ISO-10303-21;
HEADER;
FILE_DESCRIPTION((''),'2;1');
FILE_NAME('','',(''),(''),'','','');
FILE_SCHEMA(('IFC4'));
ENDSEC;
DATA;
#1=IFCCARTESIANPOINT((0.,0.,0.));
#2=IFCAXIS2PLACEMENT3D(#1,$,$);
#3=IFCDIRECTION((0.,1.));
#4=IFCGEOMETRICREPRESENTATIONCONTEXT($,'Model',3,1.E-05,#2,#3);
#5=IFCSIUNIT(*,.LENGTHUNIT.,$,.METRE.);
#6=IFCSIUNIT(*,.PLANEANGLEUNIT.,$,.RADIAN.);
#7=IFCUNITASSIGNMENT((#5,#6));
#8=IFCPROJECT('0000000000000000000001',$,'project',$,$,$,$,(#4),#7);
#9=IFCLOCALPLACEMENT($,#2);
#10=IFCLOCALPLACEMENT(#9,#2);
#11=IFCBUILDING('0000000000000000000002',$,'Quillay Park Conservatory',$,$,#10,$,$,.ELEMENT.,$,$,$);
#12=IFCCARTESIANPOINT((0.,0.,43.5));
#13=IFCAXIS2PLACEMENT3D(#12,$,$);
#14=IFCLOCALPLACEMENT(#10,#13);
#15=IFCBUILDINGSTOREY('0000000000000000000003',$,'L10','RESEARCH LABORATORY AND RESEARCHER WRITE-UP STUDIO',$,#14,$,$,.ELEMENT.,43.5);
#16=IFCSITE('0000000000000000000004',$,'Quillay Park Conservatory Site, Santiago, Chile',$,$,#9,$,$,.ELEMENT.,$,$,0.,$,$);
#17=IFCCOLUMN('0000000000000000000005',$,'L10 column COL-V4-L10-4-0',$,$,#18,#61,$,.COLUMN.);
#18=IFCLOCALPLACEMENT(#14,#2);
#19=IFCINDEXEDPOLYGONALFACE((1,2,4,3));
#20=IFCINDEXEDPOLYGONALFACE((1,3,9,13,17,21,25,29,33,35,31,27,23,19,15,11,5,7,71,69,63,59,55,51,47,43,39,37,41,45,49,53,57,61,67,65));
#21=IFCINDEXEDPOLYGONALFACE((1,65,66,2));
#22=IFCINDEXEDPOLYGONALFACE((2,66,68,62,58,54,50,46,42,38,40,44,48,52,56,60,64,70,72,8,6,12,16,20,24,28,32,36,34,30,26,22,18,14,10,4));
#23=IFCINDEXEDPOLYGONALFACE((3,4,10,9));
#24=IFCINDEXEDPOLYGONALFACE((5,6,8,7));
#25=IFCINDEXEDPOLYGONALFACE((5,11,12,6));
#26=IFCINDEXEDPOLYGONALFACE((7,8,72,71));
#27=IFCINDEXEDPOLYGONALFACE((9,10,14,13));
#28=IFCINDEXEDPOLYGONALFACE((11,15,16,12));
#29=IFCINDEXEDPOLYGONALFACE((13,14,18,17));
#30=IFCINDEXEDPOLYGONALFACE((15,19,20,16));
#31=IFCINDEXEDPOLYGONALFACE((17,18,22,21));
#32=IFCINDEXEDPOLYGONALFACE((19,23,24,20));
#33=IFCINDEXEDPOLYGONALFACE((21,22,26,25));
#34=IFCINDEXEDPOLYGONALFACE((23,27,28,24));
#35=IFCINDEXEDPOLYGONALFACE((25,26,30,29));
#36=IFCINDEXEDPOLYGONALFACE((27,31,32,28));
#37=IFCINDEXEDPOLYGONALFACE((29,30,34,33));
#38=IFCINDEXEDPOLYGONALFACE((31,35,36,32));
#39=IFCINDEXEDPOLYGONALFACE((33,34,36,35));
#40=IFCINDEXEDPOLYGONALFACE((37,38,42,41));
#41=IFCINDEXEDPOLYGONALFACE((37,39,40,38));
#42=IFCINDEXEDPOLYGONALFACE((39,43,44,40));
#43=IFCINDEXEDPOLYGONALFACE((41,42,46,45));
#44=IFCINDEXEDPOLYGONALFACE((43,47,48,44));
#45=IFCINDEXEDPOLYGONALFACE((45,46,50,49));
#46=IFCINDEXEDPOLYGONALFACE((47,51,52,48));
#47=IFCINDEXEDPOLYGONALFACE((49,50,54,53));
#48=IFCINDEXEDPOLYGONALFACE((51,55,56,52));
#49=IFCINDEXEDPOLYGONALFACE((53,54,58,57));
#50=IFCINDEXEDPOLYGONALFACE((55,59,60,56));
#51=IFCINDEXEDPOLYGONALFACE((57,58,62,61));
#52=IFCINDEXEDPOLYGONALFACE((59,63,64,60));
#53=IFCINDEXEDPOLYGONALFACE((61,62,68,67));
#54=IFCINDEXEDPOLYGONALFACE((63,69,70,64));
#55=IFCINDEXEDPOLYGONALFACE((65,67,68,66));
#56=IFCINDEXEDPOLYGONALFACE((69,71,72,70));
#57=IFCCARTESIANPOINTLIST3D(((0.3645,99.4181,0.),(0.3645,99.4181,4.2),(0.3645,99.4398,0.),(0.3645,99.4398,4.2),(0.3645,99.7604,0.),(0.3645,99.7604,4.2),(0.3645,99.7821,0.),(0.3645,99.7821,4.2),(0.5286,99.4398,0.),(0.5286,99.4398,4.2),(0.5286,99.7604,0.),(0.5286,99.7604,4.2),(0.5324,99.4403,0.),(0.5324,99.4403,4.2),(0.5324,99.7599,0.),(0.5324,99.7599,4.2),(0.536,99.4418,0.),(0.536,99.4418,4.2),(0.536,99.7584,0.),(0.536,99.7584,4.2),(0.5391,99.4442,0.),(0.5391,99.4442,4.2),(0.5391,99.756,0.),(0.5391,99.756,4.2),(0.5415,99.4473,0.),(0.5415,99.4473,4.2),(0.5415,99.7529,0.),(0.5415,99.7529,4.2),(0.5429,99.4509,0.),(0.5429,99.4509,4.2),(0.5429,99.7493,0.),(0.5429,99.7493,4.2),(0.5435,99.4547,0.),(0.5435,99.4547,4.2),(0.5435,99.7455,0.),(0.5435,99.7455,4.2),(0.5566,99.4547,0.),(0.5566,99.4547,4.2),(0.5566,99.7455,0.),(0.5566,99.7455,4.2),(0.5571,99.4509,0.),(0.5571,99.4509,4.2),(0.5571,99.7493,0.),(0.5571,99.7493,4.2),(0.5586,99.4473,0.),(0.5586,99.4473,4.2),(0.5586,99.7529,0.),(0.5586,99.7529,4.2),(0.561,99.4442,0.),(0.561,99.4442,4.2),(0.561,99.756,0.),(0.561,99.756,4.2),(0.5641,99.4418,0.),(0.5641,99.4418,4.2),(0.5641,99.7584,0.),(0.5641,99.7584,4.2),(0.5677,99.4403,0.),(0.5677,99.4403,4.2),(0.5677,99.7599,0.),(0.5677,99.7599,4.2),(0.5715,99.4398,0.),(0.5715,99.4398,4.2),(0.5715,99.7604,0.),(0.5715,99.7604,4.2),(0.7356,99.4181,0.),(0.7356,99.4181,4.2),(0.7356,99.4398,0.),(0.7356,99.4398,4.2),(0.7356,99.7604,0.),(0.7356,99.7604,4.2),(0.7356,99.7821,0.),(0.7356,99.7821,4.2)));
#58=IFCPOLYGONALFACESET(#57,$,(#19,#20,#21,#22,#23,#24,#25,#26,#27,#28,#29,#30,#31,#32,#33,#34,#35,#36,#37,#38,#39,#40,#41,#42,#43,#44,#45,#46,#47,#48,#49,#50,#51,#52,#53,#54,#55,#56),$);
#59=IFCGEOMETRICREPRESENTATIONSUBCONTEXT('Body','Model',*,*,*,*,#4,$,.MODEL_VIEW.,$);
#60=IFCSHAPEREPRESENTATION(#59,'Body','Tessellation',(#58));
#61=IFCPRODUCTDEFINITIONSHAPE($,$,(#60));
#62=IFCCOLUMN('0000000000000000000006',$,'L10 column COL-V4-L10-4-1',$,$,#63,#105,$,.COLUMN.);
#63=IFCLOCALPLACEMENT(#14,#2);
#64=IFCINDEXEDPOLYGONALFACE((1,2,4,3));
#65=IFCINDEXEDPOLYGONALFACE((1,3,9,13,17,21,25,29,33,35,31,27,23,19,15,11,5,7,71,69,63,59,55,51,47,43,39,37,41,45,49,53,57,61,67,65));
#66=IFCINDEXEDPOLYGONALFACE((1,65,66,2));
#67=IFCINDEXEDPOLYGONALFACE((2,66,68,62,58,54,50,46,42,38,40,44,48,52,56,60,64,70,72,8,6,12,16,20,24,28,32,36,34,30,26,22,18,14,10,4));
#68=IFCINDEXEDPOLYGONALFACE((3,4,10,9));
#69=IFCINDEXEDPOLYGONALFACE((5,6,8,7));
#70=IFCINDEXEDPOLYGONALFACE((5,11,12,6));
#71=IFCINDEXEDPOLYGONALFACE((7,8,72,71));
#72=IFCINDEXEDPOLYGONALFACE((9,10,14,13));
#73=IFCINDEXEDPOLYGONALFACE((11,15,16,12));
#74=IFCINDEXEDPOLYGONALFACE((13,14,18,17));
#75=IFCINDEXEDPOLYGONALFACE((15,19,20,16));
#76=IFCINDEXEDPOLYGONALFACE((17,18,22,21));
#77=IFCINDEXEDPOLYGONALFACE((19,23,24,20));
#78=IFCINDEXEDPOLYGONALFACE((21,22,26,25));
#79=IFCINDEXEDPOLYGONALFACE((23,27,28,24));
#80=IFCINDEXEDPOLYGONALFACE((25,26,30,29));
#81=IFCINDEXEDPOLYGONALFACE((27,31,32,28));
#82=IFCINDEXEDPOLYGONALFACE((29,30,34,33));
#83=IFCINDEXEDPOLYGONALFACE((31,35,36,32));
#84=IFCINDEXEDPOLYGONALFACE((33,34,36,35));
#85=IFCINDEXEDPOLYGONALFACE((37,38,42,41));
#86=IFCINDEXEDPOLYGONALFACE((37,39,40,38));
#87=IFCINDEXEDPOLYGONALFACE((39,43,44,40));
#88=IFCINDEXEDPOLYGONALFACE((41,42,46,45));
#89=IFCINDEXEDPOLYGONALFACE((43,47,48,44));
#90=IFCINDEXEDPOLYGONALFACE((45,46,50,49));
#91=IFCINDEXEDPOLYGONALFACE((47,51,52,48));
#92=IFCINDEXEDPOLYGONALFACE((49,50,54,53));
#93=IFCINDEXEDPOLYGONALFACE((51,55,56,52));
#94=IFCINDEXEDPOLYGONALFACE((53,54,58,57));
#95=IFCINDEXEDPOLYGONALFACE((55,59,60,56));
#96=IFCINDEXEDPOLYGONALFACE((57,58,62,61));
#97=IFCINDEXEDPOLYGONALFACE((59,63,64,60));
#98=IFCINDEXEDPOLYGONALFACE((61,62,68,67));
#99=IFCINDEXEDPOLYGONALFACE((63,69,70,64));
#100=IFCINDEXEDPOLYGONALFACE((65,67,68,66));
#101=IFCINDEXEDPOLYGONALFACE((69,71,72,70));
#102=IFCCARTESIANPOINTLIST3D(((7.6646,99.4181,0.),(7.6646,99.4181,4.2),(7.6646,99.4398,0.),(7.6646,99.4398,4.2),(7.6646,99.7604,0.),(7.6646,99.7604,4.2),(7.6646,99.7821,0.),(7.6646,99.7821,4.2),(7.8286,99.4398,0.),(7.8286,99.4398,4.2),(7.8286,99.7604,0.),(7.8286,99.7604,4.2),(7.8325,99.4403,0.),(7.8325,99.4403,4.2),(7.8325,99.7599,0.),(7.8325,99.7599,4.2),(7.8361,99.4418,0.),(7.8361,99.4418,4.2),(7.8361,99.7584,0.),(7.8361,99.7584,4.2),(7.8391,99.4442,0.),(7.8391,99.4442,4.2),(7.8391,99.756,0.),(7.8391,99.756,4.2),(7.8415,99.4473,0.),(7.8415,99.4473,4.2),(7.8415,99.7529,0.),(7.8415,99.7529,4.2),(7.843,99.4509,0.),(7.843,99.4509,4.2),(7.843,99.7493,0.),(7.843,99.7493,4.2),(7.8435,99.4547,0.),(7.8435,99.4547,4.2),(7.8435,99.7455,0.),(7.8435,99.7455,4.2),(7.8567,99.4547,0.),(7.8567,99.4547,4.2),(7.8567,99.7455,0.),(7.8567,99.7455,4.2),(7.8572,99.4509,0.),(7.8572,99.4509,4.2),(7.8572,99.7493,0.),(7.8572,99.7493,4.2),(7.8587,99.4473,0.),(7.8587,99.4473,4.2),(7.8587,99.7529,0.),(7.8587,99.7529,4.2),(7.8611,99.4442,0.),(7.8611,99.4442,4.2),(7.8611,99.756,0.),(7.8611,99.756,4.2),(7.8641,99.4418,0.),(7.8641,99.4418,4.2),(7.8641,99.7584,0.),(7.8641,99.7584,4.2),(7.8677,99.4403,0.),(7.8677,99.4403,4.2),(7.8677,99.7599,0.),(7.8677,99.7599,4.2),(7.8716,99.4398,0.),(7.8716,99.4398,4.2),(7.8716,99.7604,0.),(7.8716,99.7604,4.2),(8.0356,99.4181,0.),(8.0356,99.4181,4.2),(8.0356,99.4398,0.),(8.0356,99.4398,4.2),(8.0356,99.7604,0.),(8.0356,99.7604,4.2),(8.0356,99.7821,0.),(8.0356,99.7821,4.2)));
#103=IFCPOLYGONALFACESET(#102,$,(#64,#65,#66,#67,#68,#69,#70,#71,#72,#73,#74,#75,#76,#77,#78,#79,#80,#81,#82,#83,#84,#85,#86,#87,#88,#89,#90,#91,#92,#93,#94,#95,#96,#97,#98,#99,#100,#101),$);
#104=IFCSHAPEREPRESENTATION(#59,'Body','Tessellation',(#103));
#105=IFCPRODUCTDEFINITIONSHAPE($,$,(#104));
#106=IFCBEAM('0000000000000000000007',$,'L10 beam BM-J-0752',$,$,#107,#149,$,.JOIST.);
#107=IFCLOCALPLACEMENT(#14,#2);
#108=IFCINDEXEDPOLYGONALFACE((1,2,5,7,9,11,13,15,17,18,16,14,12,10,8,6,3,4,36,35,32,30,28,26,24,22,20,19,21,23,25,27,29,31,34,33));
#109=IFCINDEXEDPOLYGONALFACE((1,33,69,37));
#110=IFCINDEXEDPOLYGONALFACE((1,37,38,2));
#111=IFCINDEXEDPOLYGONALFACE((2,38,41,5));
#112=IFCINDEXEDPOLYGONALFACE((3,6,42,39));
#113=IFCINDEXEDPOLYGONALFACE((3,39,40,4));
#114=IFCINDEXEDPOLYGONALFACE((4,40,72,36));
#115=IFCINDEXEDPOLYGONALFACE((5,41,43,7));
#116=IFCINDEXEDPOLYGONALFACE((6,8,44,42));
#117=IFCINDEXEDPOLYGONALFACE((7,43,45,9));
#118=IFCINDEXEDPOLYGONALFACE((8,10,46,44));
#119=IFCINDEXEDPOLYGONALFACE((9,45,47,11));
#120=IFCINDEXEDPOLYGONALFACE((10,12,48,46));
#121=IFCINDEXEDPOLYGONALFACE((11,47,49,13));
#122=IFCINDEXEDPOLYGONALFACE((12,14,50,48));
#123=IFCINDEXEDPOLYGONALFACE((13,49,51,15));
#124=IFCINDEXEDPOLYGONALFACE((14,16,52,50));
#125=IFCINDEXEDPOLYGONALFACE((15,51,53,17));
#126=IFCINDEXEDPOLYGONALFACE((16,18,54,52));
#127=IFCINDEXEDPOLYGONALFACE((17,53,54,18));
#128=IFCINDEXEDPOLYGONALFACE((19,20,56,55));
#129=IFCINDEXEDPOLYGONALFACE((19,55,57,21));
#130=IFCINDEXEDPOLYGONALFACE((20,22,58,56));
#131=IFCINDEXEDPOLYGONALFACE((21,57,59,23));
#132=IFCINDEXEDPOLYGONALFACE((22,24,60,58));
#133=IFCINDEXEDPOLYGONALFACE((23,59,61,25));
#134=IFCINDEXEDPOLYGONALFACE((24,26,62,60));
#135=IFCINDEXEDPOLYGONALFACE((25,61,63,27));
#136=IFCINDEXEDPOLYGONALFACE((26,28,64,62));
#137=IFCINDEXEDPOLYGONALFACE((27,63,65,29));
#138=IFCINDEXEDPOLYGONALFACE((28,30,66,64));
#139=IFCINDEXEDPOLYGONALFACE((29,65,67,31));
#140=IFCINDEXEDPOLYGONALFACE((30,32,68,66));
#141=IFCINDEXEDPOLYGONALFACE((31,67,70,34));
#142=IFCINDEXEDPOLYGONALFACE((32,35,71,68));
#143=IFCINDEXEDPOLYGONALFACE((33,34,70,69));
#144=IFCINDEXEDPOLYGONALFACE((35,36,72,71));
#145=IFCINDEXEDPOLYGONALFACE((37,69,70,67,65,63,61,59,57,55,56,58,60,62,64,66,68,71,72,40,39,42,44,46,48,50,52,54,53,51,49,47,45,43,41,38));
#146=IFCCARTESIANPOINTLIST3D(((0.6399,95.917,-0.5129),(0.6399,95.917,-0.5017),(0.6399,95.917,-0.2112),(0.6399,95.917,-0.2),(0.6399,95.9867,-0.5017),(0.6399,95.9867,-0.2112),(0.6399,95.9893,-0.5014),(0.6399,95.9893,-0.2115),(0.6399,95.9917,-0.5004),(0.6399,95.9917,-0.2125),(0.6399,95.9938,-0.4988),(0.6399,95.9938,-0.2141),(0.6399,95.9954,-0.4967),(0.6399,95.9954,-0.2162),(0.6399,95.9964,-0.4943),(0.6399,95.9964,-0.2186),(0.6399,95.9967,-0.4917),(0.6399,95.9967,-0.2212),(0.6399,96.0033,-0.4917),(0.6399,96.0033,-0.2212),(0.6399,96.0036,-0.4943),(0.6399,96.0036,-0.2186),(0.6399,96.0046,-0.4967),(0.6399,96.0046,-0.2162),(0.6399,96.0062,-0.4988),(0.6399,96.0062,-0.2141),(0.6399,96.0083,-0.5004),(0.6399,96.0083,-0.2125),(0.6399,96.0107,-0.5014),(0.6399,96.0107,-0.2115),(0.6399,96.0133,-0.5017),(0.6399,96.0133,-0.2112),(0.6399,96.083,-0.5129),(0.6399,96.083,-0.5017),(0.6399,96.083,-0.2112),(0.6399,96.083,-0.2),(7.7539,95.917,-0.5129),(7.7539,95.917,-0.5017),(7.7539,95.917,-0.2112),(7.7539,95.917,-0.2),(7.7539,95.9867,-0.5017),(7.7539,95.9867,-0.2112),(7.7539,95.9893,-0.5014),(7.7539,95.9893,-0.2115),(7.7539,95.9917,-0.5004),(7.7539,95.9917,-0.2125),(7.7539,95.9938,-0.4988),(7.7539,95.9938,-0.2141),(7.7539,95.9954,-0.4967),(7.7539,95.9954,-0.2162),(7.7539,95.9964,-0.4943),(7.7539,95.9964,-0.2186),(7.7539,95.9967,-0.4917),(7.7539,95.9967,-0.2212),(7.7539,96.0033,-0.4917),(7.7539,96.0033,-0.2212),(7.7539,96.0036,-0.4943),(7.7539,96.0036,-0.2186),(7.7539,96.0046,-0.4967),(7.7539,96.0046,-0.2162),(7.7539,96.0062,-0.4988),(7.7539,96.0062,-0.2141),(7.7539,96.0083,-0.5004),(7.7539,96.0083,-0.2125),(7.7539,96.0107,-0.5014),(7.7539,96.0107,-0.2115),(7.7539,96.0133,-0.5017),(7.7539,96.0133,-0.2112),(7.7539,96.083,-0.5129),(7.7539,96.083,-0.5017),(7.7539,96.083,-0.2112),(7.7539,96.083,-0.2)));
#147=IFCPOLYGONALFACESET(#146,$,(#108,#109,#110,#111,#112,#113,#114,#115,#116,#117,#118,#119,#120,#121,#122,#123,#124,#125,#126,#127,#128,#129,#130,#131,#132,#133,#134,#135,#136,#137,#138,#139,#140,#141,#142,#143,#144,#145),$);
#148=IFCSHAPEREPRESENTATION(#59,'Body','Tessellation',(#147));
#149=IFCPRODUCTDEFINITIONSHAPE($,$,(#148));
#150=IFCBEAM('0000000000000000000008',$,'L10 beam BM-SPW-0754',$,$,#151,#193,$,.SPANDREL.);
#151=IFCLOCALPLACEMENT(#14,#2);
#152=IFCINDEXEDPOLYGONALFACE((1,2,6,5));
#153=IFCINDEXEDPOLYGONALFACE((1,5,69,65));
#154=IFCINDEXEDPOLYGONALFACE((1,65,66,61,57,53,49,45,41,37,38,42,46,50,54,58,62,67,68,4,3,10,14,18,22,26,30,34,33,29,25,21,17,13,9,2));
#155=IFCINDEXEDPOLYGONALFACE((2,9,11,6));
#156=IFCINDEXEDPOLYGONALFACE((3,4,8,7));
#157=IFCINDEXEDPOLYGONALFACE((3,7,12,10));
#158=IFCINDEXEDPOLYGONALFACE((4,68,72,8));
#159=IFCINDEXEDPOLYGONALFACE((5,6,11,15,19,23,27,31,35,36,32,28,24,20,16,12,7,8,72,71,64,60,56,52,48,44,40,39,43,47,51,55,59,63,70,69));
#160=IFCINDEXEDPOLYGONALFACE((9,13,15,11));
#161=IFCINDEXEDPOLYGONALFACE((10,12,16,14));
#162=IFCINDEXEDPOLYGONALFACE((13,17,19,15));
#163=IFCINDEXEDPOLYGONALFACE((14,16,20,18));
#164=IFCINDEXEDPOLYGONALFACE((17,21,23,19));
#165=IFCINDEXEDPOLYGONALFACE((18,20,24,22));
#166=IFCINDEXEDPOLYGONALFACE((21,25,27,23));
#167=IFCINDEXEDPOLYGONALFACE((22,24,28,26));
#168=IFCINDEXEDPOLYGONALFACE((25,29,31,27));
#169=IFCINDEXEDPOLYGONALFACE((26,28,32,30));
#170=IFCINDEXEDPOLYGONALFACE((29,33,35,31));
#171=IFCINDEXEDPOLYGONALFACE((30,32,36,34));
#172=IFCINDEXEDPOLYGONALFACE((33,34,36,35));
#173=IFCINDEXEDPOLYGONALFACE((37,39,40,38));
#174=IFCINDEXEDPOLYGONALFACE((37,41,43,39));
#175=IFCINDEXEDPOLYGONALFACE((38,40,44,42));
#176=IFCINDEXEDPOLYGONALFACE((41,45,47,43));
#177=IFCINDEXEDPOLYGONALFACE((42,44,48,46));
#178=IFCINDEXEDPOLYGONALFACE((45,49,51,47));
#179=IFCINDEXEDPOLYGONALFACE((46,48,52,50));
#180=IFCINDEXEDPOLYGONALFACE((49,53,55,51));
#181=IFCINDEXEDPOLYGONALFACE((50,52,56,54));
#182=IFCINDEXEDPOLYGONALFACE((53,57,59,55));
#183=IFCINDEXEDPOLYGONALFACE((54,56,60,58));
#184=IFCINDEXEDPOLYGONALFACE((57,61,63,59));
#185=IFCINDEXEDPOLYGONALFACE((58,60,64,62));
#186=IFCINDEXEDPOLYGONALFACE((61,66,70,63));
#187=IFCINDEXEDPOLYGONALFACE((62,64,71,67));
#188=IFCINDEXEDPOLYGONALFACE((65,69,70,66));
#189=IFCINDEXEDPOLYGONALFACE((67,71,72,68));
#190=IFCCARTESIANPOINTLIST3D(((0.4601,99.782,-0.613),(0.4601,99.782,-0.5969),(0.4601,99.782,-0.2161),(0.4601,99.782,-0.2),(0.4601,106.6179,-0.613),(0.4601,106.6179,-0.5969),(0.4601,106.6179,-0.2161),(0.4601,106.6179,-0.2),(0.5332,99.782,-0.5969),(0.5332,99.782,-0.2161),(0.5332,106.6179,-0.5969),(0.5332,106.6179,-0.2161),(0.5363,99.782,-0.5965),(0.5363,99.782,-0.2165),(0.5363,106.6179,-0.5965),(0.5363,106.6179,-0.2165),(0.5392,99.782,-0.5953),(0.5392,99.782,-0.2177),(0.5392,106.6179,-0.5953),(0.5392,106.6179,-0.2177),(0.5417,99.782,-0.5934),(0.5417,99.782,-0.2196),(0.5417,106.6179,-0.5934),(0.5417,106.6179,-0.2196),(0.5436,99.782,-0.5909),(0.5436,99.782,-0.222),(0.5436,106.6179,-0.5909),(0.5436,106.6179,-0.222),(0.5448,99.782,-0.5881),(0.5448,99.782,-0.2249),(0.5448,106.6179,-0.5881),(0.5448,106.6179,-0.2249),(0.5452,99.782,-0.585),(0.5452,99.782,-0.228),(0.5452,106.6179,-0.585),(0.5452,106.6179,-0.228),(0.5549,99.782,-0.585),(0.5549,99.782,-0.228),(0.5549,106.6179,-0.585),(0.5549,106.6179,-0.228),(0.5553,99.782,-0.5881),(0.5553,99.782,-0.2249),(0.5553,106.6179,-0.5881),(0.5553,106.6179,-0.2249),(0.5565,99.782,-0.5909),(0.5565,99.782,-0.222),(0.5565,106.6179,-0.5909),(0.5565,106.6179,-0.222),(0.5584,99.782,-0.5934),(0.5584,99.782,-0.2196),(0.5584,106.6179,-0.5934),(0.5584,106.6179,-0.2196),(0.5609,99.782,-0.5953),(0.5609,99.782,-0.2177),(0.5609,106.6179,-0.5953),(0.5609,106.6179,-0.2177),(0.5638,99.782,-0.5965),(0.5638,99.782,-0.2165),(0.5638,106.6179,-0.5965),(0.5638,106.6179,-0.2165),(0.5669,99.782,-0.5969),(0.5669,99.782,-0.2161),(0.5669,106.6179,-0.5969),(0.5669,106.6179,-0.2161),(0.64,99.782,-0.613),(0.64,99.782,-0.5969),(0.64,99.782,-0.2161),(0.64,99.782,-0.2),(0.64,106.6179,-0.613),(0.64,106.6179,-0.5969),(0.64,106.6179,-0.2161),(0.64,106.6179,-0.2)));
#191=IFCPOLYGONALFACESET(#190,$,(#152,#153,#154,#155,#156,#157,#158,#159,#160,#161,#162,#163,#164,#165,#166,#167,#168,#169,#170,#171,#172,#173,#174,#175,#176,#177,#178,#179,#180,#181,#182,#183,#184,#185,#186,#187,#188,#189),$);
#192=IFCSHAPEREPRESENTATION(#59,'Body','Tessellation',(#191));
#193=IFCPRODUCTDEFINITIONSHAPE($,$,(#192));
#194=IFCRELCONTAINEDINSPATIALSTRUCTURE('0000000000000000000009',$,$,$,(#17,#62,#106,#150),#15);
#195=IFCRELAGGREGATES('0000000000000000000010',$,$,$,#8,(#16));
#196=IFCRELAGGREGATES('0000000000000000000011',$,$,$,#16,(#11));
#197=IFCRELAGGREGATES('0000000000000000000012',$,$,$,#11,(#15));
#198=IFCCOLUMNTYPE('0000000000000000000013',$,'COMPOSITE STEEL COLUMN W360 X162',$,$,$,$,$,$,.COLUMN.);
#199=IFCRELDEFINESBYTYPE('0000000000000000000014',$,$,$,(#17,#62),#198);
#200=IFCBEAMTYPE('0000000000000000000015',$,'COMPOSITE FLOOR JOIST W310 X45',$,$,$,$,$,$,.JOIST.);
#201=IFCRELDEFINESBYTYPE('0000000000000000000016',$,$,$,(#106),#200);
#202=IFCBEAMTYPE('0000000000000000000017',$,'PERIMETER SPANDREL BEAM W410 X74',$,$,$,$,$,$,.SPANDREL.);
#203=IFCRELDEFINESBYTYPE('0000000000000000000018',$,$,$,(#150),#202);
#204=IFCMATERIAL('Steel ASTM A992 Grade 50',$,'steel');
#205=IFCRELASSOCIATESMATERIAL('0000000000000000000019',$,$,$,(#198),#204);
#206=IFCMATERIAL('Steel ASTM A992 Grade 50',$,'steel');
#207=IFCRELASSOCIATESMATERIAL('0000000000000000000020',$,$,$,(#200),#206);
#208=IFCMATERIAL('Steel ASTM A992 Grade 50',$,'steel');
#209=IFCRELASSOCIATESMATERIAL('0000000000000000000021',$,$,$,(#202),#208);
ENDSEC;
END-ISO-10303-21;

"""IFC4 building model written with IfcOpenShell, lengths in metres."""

from ifc_helpers import new_model, si_unit, direction, frame, origin, origin_2d, place, context, subcontext, project, spatial, i_section, extrude, material, material_profile, profile_set, type_object, element, save


model = new_model("IFC4")

# Units and contexts
model_context = context("Model", 3, precision=1e-05, world=origin(), true_north=direction((0.0, 1.0)))
body_context = subcontext(model_context, "Body", "Model", "MODEL_VIEW")
ifc_project = project(units=[si_unit("LENGTHUNIT", "METRE"), si_unit("PLANEANGLEUNIT", "RADIAN")], contexts=[model_context])

# Site, building, storey
site_placement = place(None, origin())
site = spatial("IfcSite", under=ifc_project, at=site_placement, Name="Quillay Park Conservatory Site, Santiago, Chile", CompositionType="ELEMENT", RefElevation=0.0)
building_placement = place(site_placement, origin())
building = spatial("IfcBuilding", under=site, at=building_placement, Name="Quillay Park Conservatory", CompositionType="ELEMENT")
storey_placement = place(building_placement, frame((0.0, 0.0, 43.5)))
storey = spatial("IfcBuildingStorey", under=building, at=storey_placement, Name="L10", Description="RESEARCH LABORATORY AND RESEARCHER WRITE-UP STUDIO", CompositionType="ELEMENT", Elevation=43.5)

# Columns
ifc_material_1 = material(Name="Steel ASTM A992 Grade 50", Category="steel")
ifc_material_profile_1 = material_profile(ifc_material_1, i_section(OverallWidth=0.3711, OverallDepth=0.364, WebThickness=0.0132, FlangeThickness=0.0217, FilletRadius=0.0149, at=origin_2d()), Name="W360x162")
ifc_profile_set_1 = profile_set([ifc_material_profile_1], Name="Steel ASTM A992 Grade 50")
column_type = type_object("IfcColumnType", Name="COMPOSITE STEEL COLUMN W360 X162", PredefinedType="COLUMN", material=ifc_profile_set_1)
for number, where, z_axis, x_axis, name in (
    (1, (0.55, 99.6001, 0.0), (0.0, 0.0, 1.0), (1.0, 0.0, 0.0), "L10 column COL-V4-L10-4-0"),
    (2, (7.8501, 99.6001, 0.0), (0.0, 0.0, 1.0), (1.0, 0.0, 0.0), "L10 column COL-V4-L10-4-1"),
):
    element("IfcColumn", number, at=place(storey_placement, frame(where, z_axis=z_axis, x_axis=x_axis)), inside=storey, type_object=column_type, Name=name, PredefinedType="COLUMN", context=body_context, shape_type="SweptSolid", body=[
        extrude(i_section(OverallWidth=0.3711, OverallDepth=0.364, WebThickness=0.0132, FlangeThickness=0.0217, FilletRadius=0.0149, at=origin_2d()), origin(), (0.0, 0.0, 1.0), 4.2),
    ])

# Beams
ifc_material_2 = material(Name="Steel ASTM A992 Grade 50", Category="steel")
ifc_material_profile_2 = material_profile(ifc_material_2, i_section(OverallWidth=0.166, OverallDepth=0.313, WebThickness=0.0066, FlangeThickness=0.0112, FilletRadius=0.01, at=origin_2d()), Name="W310x45")
ifc_profile_set_2 = profile_set([ifc_material_profile_2], Name="Steel ASTM A992 Grade 50")
beam_type_1 = type_object("IfcBeamType", Name="COMPOSITE FLOOR JOIST W310 X45", PredefinedType="JOIST", material=ifc_profile_set_2)
beam_1_placement = place(storey_placement, frame((0.6399, 96.0, -0.3564), z_axis=(1.0, 0.0, 0.0), x_axis=(0.0, 1.0, 0.0)))
element("IfcBeam", 3, at=beam_1_placement, inside=storey, type_object=beam_type_1, Name="L10 beam BM-J-0752", PredefinedType="JOIST", context=body_context, shape_type="SweptSolid", body=[
    extrude(i_section(OverallWidth=0.166, OverallDepth=0.313, WebThickness=0.0066, FlangeThickness=0.0112, FilletRadius=0.01, at=origin_2d()), origin(), (0.0, 0.0, 1.0), 7.114),
])
ifc_material_3 = material(Name="Steel ASTM A992 Grade 50", Category="steel")
ifc_material_profile_3 = material_profile(ifc_material_3, i_section(OverallWidth=0.1799, OverallDepth=0.4131, WebThickness=0.0098, FlangeThickness=0.0161, FilletRadius=0.012, at=origin_2d()), Name="W410x74")
ifc_profile_set_3 = profile_set([ifc_material_profile_3], Name="Steel ASTM A992 Grade 50")
beam_type_2 = type_object("IfcBeamType", Name="PERIMETER SPANDREL BEAM W410 X74", PredefinedType="SPANDREL", material=ifc_profile_set_3)
beam_2_placement = place(storey_placement, frame((0.55, 99.782, -0.4065), z_axis=(0.0, 1.0, 0.0), x_axis=(-1.0, 0.0, 0.0)))
element("IfcBeam", 4, at=beam_2_placement, inside=storey, type_object=beam_type_2, Name="L10 beam BM-SPW-0754", PredefinedType="SPANDREL", context=body_context, shape_type="SweptSolid", body=[
    extrude(i_section(OverallWidth=0.1799, OverallDepth=0.4131, WebThickness=0.0098, FlangeThickness=0.0161, FilletRadius=0.012, at=origin_2d()), origin(), (0.0, 0.0, 1.0), 6.8359),
])

save(model, "model.ifc")
